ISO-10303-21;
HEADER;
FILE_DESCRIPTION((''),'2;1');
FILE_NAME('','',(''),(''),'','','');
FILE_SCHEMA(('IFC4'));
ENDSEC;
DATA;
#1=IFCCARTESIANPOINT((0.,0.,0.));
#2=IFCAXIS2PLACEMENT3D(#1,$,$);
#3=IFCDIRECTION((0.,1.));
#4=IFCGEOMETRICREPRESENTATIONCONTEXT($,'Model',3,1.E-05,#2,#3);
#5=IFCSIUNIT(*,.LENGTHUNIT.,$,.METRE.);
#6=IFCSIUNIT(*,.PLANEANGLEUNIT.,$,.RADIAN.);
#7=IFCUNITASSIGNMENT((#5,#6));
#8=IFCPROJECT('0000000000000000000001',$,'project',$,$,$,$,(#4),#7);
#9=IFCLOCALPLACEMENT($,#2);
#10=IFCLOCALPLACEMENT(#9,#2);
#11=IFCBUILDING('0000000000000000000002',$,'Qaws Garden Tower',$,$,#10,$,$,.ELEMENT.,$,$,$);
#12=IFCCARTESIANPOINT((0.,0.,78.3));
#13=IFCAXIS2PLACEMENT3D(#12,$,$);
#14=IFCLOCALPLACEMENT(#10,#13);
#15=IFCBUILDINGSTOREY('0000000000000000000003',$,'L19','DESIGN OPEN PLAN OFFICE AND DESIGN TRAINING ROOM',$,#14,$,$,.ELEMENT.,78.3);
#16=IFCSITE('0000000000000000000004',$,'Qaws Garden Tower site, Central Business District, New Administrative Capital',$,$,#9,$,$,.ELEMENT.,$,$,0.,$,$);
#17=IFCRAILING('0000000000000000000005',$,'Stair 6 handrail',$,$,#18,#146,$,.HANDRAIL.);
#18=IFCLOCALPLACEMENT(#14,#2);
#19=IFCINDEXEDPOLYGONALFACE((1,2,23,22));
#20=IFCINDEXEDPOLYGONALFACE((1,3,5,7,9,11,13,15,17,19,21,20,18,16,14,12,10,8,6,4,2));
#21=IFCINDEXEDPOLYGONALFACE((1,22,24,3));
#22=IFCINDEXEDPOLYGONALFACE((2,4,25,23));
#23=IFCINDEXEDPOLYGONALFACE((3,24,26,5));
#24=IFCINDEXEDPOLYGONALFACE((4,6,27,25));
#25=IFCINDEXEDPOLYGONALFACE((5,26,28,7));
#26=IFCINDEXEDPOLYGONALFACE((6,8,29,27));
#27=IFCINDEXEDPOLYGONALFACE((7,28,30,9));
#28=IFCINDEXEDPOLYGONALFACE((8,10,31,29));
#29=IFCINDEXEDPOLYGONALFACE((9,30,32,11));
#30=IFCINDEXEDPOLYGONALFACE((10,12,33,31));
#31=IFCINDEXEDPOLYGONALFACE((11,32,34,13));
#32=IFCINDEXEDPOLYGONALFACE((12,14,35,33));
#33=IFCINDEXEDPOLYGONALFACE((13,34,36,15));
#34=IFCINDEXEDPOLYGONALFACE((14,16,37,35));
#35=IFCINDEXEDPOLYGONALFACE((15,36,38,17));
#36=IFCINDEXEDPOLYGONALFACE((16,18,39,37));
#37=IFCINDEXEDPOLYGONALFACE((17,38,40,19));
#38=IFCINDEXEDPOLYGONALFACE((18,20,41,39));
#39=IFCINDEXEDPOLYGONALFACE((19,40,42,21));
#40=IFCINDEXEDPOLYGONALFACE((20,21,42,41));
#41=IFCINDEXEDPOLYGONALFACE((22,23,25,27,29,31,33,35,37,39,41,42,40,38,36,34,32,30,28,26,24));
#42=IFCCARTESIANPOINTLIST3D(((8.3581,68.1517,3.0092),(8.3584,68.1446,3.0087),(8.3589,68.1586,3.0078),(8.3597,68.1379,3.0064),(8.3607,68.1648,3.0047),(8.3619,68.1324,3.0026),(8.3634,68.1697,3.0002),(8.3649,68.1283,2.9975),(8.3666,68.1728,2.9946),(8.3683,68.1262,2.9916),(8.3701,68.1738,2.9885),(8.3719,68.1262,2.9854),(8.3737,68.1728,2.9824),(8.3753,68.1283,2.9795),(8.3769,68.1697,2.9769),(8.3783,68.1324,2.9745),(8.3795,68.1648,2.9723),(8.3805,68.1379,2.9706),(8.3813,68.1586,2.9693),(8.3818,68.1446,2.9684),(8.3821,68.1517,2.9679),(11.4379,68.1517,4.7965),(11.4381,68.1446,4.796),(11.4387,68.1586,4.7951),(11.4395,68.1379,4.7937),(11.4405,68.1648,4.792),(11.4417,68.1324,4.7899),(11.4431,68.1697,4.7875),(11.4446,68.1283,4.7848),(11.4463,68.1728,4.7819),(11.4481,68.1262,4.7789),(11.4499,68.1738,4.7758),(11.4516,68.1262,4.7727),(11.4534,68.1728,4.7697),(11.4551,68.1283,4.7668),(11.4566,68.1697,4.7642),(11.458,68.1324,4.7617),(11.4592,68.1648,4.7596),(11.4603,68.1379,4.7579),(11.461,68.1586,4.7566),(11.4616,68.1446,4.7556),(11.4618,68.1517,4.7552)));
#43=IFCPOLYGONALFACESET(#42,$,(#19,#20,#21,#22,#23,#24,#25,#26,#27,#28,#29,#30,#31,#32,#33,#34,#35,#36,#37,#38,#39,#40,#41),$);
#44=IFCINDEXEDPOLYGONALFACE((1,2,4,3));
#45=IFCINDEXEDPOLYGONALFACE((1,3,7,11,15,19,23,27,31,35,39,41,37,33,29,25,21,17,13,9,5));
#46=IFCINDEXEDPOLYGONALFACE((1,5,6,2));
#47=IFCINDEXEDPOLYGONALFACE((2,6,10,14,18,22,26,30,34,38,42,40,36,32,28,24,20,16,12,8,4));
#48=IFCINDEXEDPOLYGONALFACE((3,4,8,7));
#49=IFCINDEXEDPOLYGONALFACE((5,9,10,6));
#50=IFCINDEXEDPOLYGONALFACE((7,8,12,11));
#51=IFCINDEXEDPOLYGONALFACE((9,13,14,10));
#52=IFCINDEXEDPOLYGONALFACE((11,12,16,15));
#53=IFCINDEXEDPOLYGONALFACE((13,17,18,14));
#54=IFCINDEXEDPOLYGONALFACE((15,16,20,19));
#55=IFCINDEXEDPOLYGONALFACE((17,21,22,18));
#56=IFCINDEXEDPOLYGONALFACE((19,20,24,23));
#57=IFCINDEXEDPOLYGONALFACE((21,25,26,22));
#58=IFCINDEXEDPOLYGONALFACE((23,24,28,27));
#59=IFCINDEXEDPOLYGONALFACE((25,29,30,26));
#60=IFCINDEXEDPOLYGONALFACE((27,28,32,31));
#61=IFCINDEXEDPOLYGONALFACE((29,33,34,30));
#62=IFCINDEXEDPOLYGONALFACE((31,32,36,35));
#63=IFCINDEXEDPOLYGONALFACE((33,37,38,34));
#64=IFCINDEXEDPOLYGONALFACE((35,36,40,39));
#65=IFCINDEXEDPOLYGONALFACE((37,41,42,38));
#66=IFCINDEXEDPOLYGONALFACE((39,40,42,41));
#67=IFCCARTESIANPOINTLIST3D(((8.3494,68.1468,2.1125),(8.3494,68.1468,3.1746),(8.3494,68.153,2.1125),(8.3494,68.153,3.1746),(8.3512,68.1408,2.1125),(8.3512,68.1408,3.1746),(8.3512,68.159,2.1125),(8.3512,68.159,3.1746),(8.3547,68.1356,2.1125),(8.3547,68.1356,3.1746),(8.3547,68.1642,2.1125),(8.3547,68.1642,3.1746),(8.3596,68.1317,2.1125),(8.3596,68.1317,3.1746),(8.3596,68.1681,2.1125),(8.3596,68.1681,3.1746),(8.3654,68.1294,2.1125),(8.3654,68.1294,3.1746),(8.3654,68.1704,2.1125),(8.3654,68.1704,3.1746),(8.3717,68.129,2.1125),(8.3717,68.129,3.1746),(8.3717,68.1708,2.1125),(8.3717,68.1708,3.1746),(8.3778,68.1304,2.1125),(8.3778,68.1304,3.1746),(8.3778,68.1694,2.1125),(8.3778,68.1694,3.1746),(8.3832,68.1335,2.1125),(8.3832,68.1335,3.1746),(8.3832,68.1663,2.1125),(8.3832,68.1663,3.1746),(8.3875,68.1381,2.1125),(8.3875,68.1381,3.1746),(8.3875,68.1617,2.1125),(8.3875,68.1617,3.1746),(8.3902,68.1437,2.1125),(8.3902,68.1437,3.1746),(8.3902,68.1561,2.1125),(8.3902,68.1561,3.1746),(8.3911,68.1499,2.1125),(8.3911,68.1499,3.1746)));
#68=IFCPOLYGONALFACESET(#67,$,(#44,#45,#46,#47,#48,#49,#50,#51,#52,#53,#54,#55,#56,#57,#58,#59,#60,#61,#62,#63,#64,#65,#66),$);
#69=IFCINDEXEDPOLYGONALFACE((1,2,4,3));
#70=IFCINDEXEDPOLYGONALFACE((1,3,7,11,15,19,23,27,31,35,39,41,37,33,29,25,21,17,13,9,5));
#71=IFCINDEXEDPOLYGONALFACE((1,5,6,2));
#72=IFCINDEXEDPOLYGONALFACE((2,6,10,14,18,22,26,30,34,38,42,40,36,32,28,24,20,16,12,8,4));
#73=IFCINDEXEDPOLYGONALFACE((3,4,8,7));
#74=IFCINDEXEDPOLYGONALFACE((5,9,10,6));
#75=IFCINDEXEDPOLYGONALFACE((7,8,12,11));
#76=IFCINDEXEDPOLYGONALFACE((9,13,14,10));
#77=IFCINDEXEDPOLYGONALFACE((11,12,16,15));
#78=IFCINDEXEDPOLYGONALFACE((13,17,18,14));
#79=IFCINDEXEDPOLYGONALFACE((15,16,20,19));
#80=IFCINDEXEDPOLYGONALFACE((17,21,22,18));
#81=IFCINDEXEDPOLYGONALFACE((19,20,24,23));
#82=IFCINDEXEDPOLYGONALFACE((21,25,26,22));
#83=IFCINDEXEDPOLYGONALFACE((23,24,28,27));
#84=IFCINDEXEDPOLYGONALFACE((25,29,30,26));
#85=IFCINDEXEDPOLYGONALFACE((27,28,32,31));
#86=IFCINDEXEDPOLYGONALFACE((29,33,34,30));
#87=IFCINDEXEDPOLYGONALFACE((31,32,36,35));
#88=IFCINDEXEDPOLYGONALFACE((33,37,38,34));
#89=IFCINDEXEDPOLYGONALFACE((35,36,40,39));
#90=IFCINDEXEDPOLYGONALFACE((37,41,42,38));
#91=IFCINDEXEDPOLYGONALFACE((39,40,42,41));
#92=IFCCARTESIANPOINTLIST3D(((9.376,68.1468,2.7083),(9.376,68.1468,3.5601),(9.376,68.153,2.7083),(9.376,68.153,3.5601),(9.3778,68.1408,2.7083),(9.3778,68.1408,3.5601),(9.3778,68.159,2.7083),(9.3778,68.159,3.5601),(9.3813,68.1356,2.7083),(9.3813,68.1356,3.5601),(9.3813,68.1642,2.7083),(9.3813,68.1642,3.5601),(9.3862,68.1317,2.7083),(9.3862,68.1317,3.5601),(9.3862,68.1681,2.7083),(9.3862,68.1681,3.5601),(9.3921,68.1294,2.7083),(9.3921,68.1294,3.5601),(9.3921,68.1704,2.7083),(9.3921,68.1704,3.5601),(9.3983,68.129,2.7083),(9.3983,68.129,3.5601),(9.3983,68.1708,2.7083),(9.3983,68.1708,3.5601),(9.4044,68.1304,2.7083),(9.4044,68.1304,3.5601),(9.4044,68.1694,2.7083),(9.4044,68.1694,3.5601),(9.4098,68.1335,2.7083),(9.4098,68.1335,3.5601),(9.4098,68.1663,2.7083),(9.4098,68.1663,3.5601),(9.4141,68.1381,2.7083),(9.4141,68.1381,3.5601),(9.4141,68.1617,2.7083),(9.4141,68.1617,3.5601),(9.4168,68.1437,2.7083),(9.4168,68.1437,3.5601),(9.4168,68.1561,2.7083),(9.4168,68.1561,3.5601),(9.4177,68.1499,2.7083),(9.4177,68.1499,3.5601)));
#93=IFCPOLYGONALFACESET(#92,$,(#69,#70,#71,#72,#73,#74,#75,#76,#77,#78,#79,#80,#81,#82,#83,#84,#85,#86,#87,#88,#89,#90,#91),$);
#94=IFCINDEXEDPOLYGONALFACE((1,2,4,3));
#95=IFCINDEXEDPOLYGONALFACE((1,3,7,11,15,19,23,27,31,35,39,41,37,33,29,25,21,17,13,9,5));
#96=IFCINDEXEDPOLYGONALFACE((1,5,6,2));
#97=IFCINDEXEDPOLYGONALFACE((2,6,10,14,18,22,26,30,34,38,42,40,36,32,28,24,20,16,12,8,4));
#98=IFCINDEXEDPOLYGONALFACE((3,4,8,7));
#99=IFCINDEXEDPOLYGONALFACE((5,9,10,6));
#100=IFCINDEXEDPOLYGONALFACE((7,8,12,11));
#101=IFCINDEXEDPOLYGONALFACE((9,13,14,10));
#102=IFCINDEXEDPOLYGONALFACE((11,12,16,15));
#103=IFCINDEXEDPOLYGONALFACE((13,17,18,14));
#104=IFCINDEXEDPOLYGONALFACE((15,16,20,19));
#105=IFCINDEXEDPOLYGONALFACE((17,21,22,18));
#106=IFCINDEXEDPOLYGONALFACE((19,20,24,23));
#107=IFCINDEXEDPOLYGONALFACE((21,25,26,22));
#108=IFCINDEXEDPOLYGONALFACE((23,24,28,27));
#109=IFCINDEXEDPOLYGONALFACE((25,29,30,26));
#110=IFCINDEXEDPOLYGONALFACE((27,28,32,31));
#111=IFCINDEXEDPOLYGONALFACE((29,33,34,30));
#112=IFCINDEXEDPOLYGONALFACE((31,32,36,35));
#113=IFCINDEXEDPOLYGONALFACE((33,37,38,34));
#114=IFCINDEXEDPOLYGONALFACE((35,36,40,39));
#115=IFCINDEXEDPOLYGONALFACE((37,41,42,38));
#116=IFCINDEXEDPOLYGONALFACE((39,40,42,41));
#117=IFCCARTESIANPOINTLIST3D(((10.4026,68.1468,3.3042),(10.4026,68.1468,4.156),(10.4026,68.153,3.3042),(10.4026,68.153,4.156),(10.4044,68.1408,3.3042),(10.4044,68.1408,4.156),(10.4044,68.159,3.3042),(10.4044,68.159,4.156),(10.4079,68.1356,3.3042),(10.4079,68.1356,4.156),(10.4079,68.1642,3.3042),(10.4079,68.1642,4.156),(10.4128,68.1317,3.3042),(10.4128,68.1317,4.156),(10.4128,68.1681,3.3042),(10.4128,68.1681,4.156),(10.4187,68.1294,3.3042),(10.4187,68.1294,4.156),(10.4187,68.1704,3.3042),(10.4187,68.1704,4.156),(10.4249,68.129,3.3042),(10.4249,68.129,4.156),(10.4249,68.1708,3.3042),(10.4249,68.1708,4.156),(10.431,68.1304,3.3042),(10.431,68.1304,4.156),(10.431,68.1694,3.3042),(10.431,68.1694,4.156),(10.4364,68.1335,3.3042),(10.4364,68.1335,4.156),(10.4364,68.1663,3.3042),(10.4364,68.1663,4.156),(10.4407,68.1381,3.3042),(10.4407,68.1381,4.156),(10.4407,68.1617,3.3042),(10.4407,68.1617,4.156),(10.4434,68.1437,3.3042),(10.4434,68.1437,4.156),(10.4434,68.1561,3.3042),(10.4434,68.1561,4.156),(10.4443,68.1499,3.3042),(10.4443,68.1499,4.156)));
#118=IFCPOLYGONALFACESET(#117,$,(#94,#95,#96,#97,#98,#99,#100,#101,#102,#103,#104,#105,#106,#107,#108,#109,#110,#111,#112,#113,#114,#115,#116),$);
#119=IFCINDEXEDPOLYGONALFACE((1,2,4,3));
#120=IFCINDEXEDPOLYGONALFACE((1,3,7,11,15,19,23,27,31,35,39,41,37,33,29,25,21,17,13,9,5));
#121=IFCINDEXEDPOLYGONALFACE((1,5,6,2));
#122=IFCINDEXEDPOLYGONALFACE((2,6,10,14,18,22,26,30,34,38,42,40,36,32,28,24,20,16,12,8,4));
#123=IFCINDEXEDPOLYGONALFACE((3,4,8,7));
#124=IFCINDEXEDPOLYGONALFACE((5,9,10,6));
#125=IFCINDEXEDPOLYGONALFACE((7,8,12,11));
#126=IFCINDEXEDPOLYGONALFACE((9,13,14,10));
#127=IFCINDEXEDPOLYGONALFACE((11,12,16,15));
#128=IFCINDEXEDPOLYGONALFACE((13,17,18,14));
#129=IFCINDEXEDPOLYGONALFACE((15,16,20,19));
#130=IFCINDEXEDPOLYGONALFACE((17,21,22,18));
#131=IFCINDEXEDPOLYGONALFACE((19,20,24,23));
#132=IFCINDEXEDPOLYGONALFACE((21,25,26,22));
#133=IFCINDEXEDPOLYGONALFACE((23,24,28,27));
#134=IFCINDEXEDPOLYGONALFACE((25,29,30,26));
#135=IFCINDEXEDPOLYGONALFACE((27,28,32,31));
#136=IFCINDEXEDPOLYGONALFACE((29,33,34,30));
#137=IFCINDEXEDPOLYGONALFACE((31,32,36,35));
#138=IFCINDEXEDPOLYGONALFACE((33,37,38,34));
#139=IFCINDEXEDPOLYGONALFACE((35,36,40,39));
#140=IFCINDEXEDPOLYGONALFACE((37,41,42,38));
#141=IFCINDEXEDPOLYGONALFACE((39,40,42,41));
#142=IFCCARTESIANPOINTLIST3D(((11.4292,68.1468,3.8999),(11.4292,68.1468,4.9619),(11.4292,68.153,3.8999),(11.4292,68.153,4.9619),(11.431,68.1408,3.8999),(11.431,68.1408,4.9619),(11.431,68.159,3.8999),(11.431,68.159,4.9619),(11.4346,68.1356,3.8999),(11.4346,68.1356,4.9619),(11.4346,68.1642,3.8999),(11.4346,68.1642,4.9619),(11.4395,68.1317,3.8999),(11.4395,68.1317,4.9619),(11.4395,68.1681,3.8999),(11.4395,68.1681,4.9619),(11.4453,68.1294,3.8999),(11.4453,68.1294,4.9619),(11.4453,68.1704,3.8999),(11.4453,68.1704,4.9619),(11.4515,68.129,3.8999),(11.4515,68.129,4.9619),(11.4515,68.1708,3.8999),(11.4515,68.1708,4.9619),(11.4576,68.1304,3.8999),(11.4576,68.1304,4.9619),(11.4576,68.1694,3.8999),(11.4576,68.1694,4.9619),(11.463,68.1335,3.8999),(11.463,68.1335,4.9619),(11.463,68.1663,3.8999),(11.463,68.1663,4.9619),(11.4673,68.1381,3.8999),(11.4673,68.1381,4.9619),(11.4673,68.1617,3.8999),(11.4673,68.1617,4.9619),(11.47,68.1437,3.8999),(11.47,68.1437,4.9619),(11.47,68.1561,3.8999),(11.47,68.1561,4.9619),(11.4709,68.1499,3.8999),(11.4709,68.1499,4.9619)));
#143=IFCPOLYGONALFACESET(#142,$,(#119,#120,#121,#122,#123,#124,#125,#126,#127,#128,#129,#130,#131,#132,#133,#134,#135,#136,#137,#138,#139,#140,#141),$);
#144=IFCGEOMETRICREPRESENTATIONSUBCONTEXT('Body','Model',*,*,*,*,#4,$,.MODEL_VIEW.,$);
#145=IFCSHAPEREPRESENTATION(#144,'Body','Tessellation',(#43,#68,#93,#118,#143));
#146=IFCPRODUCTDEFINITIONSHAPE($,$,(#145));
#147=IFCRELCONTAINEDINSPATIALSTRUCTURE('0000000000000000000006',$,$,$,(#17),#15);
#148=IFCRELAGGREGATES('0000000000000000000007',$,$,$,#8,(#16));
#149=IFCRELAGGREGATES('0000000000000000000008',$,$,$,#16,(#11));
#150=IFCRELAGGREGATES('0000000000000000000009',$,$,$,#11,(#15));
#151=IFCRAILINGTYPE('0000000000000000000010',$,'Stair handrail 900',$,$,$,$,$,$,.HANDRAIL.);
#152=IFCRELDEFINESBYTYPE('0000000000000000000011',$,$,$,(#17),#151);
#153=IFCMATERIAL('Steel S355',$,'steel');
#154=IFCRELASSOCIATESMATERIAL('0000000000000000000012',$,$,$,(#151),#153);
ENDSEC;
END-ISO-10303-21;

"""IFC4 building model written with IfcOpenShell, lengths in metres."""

from ifc_helpers import new_model, si_unit, direction, frame, origin, origin_2d, place, context, subcontext, project, spatial, circle, extrude, material, type_object, element, save


model = new_model("IFC4")

# Units and contexts
model_context = context("Model", 3, precision=1e-05, world=origin(), true_north=direction((0.0, 1.0)))
body_context = subcontext(model_context, "Body", "Model", "MODEL_VIEW")
ifc_project = project(units=[si_unit("LENGTHUNIT", "METRE"), si_unit("PLANEANGLEUNIT", "RADIAN")], contexts=[model_context])

# Site, building, storey
site_placement = place(None, origin())
site = spatial("IfcSite", under=ifc_project, at=site_placement, Name="Qaws Garden Tower site, Central Business District, New Administrative Capital", CompositionType="ELEMENT", RefElevation=0.0)
building_placement = place(site_placement, origin())
building = spatial("IfcBuilding", under=site, at=building_placement, Name="Qaws Garden Tower", CompositionType="ELEMENT")
storey_placement = place(building_placement, frame((0.0, 0.0, 78.3)))
storey = spatial("IfcBuildingStorey", under=building, at=storey_placement, Name="L19", Description="DESIGN OPEN PLAN OFFICE AND DESIGN TRAINING ROOM", CompositionType="ELEMENT", Elevation=78.3)

# Railing
ifc_material_1 = material(Name="Steel S355", Category="steel")
railing_type = type_object("IfcRailingType", Name="Stair handrail 900", PredefinedType="HANDRAIL", material=ifc_material_1)
railing_1_placement = place(storey_placement, frame((8.3701, 68.1499, 2.1125)))
element("IfcRailing", 1, at=railing_1_placement, inside=storey, type_object=railing_type, Name="Stair 6 handrail", PredefinedType="HANDRAIL", context=body_context, shape_type="SweptSolid", body=[
    extrude(circle(Radius=0.0239, at=origin_2d()), frame((0.0, 0.0, 0.876), z_axis=(0.864903, 0.0, 0.501939), x_axis=(0.0, 1.0, 0.0)), (0.0, 0.0, 1.0), 3.5608),
    extrude(circle(Radius=0.021, at=origin_2d()), origin(), (0.0, 0.0, 1.0), 1.062),
    extrude(circle(Radius=0.021, at=origin_2d()), frame((1.0266, 0.0, 0.5957)), (0.0, 0.0, 1.0), 0.8518),
    extrude(circle(Radius=0.021, at=origin_2d()), frame((2.0532, 0.0, 1.1917)), (0.0, 0.0, 1.0), 0.8518),
    extrude(circle(Radius=0.021, at=origin_2d()), frame((3.0798, 0.0, 1.7874)), (0.0, 0.0, 1.0), 1.062),
])

save(model, "model.ifc")
